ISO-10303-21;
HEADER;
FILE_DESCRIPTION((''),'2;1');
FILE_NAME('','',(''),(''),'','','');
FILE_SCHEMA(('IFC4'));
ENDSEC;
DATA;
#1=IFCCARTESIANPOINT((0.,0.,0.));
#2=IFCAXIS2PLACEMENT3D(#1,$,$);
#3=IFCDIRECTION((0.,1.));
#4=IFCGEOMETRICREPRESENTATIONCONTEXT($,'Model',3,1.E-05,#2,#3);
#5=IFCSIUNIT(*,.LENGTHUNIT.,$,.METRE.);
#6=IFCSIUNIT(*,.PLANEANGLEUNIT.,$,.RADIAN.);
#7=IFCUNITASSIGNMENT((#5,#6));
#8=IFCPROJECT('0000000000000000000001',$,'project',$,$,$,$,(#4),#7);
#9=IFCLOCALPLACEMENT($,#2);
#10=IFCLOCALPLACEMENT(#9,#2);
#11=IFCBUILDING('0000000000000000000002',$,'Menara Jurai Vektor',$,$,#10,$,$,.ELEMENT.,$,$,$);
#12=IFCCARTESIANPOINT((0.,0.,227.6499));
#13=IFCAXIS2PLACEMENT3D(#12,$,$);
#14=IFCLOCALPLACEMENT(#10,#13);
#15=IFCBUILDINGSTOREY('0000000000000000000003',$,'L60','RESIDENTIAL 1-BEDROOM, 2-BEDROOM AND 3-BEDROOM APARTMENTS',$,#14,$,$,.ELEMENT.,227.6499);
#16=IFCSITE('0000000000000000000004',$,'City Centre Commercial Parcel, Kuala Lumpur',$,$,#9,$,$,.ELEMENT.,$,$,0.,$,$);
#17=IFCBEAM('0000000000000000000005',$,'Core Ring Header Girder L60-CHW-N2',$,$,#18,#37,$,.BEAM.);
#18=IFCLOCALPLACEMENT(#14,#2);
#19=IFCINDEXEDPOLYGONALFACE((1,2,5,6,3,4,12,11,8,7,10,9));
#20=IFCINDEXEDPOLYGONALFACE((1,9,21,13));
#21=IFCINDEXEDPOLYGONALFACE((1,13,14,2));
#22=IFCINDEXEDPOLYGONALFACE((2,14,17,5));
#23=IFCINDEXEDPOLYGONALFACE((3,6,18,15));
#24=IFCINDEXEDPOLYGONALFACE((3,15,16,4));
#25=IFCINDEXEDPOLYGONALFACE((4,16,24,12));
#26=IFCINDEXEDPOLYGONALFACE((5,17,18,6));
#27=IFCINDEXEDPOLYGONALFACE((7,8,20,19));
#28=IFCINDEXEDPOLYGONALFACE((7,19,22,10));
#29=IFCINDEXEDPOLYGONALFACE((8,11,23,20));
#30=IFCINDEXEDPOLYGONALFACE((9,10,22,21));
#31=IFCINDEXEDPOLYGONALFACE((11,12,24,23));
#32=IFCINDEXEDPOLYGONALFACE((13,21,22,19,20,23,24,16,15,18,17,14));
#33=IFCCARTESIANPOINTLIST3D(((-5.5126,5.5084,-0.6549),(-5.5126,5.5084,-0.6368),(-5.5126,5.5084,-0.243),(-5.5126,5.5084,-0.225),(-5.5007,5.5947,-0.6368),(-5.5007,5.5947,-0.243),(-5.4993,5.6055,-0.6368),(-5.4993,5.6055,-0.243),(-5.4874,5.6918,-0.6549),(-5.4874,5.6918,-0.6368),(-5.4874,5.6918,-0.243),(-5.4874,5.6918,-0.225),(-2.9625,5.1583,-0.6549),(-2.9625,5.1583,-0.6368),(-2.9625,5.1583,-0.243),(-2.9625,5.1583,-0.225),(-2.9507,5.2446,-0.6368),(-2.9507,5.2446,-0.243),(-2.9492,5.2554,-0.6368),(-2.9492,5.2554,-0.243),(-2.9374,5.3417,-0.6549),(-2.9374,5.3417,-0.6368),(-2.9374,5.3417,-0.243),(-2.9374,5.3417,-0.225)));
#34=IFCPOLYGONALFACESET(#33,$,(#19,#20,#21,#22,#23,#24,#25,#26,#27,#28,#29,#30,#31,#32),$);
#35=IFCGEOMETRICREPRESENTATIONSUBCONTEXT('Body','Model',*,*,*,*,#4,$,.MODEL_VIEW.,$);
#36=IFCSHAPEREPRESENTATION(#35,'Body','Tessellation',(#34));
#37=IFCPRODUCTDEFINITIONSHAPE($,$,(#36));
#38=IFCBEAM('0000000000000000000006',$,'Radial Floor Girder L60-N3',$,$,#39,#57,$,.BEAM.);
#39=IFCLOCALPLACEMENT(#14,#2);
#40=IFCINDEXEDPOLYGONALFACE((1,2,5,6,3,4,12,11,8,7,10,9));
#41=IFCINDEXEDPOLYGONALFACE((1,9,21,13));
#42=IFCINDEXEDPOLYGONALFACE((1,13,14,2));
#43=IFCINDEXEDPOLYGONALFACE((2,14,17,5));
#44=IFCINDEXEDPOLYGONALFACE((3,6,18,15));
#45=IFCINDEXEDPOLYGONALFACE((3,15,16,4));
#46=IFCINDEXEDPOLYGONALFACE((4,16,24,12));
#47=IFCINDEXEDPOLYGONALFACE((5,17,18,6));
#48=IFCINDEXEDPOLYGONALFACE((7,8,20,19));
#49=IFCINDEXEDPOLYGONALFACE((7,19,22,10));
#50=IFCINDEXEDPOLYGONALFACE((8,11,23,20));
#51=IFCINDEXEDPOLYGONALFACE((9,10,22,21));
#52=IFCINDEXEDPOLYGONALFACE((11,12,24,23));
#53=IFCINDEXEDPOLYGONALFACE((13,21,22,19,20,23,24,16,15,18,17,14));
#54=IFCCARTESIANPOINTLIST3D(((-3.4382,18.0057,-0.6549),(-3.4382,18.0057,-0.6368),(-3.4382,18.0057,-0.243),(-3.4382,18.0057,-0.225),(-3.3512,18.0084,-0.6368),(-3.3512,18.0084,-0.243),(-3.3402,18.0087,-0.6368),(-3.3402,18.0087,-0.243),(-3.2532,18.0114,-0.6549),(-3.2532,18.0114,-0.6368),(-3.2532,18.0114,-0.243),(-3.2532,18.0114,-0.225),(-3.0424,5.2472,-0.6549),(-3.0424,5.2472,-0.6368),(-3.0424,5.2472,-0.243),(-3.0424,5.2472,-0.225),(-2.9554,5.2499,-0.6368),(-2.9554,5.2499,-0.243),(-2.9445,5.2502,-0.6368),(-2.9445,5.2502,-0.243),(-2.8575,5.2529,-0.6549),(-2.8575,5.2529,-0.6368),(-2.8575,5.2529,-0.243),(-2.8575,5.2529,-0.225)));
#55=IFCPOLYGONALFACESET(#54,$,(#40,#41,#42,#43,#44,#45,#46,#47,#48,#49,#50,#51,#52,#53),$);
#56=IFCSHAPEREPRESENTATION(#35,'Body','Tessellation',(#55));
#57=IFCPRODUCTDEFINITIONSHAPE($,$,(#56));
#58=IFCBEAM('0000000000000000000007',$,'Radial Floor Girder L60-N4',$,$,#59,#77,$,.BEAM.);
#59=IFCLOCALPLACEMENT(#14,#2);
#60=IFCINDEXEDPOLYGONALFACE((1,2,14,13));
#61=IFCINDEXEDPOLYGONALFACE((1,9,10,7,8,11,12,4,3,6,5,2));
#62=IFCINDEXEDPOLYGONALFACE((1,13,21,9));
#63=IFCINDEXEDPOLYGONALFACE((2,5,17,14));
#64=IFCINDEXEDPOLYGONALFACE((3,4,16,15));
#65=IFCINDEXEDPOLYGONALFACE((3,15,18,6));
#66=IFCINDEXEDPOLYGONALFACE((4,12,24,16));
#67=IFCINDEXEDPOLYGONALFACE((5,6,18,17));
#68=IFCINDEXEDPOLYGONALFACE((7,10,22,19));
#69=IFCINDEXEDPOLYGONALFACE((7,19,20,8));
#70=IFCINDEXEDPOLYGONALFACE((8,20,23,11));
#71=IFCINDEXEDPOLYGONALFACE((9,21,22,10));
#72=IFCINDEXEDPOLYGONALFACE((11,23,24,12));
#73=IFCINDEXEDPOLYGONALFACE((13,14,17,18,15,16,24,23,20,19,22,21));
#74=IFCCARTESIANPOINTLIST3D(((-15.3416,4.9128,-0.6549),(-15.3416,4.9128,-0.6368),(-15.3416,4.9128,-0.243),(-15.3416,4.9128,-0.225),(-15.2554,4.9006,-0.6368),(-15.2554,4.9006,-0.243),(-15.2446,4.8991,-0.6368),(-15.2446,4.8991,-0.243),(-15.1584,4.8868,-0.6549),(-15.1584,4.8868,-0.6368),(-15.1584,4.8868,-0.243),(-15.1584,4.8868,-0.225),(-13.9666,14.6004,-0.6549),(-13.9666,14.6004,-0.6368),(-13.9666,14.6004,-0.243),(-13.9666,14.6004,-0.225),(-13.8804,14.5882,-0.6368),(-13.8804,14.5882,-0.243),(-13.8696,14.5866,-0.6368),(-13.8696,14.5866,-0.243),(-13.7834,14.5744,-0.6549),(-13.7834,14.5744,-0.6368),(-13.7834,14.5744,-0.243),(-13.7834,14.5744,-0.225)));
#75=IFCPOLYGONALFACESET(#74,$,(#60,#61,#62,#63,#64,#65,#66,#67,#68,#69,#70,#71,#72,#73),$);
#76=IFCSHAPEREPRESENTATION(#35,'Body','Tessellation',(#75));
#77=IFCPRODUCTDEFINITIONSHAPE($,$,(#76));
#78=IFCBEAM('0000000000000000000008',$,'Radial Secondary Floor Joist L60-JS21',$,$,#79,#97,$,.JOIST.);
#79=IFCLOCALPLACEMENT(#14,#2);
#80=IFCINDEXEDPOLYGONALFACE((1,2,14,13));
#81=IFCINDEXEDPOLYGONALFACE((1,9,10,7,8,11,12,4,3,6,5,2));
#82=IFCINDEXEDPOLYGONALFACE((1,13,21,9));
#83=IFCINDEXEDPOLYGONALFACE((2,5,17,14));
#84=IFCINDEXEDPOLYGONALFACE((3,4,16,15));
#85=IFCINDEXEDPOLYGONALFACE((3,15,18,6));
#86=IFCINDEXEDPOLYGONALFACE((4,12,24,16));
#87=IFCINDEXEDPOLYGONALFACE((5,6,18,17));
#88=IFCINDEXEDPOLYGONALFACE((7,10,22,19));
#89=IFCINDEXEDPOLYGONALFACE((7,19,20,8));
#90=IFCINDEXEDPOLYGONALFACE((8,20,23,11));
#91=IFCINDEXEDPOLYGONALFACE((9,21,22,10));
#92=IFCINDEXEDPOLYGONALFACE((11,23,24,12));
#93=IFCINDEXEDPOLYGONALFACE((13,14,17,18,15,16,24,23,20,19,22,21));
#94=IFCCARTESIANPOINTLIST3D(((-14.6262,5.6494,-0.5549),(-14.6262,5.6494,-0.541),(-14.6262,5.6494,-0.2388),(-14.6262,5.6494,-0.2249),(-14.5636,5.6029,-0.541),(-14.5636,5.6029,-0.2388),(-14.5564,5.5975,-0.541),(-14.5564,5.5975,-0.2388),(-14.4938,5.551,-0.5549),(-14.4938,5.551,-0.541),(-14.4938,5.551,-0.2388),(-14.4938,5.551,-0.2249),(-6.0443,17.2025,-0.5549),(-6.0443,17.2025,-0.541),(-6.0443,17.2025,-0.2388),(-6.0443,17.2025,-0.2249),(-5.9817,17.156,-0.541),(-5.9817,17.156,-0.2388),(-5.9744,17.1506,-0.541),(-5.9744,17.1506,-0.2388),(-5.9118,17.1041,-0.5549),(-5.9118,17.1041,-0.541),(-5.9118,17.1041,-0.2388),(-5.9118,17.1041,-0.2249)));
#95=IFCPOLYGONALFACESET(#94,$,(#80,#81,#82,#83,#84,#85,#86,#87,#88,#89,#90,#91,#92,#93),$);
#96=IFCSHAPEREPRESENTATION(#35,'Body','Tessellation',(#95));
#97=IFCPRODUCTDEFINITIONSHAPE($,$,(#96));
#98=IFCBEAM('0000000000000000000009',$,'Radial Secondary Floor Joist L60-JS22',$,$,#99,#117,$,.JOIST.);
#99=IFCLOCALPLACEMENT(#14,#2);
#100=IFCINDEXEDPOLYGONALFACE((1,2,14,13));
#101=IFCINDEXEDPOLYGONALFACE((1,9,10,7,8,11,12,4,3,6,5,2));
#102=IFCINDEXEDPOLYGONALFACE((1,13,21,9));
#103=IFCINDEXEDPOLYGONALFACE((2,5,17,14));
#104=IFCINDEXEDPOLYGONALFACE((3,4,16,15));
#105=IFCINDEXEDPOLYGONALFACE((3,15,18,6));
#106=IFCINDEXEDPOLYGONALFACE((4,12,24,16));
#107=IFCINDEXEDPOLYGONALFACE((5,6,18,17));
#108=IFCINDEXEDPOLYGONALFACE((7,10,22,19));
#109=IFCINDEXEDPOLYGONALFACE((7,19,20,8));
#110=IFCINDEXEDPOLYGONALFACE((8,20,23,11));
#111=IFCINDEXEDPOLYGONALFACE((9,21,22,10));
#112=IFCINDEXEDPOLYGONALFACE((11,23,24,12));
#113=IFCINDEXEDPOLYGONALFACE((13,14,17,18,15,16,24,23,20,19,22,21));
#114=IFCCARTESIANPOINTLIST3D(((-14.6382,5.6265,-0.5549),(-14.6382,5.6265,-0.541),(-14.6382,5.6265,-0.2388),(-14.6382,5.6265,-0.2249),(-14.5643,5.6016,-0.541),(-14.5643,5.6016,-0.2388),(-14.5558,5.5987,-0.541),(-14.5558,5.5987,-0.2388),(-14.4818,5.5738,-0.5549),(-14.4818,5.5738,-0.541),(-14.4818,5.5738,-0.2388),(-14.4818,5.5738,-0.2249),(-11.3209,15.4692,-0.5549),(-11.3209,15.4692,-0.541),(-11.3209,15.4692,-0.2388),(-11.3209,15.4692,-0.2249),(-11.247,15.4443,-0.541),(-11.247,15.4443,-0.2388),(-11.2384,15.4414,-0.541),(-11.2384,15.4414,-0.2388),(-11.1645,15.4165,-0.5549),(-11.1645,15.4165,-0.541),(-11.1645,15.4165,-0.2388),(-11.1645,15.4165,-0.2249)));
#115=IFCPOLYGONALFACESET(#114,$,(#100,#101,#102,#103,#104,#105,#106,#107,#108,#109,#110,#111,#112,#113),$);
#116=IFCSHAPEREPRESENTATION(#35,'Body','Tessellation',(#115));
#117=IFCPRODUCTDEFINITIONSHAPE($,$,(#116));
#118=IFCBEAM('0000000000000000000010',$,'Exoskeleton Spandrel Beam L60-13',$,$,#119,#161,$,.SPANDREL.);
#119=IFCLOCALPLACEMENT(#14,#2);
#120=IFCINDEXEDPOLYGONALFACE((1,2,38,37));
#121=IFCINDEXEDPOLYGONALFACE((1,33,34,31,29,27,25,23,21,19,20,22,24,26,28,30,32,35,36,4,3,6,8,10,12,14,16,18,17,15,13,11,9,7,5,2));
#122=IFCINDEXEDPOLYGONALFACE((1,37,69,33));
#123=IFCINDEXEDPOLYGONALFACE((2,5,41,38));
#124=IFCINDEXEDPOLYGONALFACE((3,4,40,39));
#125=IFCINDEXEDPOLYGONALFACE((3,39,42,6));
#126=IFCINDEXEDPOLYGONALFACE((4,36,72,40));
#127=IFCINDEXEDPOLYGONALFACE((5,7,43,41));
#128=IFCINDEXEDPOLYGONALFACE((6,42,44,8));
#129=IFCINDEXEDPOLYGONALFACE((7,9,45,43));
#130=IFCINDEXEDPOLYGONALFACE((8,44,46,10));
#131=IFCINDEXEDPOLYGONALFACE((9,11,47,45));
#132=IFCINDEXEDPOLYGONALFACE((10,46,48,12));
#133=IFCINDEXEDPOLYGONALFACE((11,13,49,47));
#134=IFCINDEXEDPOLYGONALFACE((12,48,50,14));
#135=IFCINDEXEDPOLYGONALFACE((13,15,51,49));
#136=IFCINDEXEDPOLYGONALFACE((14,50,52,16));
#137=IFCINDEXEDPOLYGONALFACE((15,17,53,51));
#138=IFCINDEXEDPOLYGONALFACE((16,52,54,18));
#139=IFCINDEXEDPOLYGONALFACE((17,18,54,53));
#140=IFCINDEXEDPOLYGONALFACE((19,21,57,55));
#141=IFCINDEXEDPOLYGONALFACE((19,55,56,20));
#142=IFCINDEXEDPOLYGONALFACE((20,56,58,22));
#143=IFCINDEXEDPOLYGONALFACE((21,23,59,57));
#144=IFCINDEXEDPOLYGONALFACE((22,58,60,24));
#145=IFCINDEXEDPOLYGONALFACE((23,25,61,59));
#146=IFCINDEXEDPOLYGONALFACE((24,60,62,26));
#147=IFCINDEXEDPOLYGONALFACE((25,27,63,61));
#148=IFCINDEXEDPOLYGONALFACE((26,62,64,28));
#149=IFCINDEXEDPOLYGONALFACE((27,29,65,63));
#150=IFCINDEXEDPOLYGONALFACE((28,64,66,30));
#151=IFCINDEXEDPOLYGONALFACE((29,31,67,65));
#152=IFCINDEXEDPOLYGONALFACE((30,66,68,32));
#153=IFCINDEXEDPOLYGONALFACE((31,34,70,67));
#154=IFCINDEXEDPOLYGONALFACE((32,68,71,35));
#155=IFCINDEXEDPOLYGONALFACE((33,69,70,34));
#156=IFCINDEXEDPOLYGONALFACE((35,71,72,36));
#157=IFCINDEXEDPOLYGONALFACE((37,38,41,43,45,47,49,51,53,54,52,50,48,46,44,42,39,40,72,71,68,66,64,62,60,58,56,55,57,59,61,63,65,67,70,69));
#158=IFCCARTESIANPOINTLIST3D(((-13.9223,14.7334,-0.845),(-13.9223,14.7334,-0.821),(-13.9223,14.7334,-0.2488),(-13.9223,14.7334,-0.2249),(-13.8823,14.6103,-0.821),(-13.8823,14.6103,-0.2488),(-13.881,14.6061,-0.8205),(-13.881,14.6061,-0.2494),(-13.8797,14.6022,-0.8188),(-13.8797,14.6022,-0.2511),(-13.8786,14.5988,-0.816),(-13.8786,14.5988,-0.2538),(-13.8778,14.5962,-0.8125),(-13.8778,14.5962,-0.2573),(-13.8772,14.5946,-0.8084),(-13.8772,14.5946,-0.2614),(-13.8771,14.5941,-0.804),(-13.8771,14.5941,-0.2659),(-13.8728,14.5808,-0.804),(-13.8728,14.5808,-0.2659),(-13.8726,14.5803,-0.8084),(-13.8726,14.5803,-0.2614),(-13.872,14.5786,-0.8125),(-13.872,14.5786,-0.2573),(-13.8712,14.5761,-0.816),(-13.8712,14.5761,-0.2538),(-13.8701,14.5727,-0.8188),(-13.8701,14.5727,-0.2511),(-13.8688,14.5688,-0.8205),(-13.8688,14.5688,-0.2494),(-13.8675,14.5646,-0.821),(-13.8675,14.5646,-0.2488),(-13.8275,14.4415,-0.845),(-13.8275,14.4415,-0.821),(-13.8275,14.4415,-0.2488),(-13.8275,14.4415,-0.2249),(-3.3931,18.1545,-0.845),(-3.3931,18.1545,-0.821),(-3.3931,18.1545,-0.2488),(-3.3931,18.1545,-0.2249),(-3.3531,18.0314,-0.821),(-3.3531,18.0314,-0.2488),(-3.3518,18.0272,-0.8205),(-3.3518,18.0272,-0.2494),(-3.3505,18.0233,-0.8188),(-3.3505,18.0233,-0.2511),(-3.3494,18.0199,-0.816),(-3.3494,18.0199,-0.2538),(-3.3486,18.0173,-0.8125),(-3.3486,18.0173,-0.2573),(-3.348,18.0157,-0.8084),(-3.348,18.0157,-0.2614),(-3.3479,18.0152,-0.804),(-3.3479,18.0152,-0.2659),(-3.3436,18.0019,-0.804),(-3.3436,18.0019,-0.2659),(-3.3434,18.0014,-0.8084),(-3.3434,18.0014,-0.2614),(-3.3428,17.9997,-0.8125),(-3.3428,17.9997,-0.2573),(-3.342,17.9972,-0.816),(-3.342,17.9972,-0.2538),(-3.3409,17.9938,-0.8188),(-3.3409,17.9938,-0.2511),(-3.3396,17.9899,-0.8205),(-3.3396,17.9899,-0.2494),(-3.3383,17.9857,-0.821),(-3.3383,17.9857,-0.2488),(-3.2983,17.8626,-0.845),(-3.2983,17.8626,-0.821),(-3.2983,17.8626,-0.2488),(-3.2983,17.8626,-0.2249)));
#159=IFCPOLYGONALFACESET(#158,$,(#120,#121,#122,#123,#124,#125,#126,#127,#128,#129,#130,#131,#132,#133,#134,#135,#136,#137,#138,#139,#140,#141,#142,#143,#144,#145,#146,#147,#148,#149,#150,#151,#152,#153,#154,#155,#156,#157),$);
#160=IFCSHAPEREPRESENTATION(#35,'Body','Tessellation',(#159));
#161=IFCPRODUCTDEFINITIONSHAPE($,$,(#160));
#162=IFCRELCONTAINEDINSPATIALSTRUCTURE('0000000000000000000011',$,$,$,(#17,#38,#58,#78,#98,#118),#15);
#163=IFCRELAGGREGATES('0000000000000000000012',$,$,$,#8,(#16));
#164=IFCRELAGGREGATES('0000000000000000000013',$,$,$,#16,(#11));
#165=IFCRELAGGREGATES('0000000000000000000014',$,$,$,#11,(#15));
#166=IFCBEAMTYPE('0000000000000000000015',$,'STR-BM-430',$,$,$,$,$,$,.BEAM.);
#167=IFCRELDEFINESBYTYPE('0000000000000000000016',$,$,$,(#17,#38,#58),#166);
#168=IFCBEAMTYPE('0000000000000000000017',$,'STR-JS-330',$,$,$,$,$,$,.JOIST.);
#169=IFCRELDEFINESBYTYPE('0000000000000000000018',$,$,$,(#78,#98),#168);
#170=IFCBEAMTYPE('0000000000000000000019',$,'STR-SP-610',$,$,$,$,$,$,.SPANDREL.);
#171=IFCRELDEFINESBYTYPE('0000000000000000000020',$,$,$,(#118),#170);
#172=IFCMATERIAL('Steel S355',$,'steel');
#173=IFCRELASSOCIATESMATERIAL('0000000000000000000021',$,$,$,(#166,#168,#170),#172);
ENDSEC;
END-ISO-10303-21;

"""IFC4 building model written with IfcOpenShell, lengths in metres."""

from ifc_helpers import new_model, si_unit, direction, frame, origin, origin_2d, place, context, subcontext, project, spatial, i_section, extrude, material, material_profile, profile_set, type_object, element, save


model = new_model("IFC4")

# Units and contexts
model_context = context("Model", 3, precision=1e-05, world=origin(), true_north=direction((0.0, 1.0)))
body_context = subcontext(model_context, "Body", "Model", "MODEL_VIEW")
ifc_project = project(units=[si_unit("LENGTHUNIT", "METRE"), si_unit("PLANEANGLEUNIT", "RADIAN")], contexts=[model_context])

# Site, building, storey
site_placement = place(None, origin())
site = spatial("IfcSite", under=ifc_project, at=site_placement, Name="City Centre Commercial Parcel, Kuala Lumpur", CompositionType="ELEMENT", RefElevation=0.0)
building_placement = place(site_placement, origin())
building = spatial("IfcBuilding", under=site, at=building_placement, Name="Menara Jurai Vektor", CompositionType="ELEMENT")
storey_placement = place(building_placement, frame((0.0, 0.0, 227.6499)))
storey = spatial("IfcBuildingStorey", under=building, at=storey_placement, Name="L60", Description="RESIDENTIAL 1-BEDROOM, 2-BEDROOM AND 3-BEDROOM APARTMENTS", CompositionType="ELEMENT", Elevation=227.6499)

# Beams
ifc_material_1 = material(Name="Steel S355", Category="steel")
ifc_material_profile_1 = material_profile(ifc_material_1, i_section(OverallWidth=0.1851, OverallDepth=0.4299, WebThickness=0.011, FlangeThickness=0.0181, at=origin_2d()), Name="PG 430x185x76")
ifc_profile_set_1 = profile_set([ifc_material_profile_1], Name="Steel S355")
beam_type_1 = type_object("IfcBeamType", Name="STR-BM-430", PredefinedType="BEAM", material=ifc_profile_set_1)
beam_1_placement = place(storey_placement, frame((-5.5, 5.6001, -0.4399), z_axis=(0.990707, -0.136015, 0.0), x_axis=(0.136015, 0.990707, 0.0)))
element("IfcBeam", 1, at=beam_1_placement, inside=storey, type_object=beam_type_1, Name="Core Ring Header Girder L60-CHW-N2", PredefinedType="BEAM", context=body_context, shape_type="SweptSolid", body=[
    extrude(i_section(OverallWidth=0.1851, OverallDepth=0.4299, WebThickness=0.011, FlangeThickness=0.0181, at=origin_2d()), origin(), (0.0, 0.0, 1.0), 2.574),
])
beam_2_placement = place(storey_placement, frame((-3.3457, 18.0085, -0.4399), z_axis=(0.031004, -0.999519, 0.0), x_axis=(0.999519, 0.031004, 0.0)))
element("IfcBeam", 2, at=beam_2_placement, inside=storey, type_object=beam_type_1, Name="Radial Floor Girder L60-N3", PredefinedType="BEAM", context=body_context, shape_type="SweptSolid", body=[
    extrude(i_section(OverallWidth=0.1851, OverallDepth=0.4299, WebThickness=0.011, FlangeThickness=0.0181, at=origin_2d()), origin(), (0.0, 0.0, 1.0), 12.7646),
])
beam_3_placement = place(storey_placement, frame((-13.875, 14.5874, -0.4399), z_axis=(-0.140527, -0.990077, 0.0), x_axis=(0.990077, -0.140527, 0.0)))
element("IfcBeam", 3, at=beam_3_placement, inside=storey, type_object=beam_type_1, Name="Radial Floor Girder L60-N4", PredefinedType="BEAM", context=body_context, shape_type="SweptSolid", body=[
    extrude(i_section(OverallWidth=0.1851, OverallDepth=0.4299, WebThickness=0.011, FlangeThickness=0.0181, at=origin_2d()), origin(), (0.0, 0.0, 1.0), 9.7847),
])
ifc_material_profile_2 = material_profile(ifc_material_1, i_section(OverallWidth=0.165, OverallDepth=0.3301, WebThickness=0.009, FlangeThickness=0.0139, at=origin_2d()), Name="PG 330x165x46")
ifc_profile_set_2 = profile_set([ifc_material_profile_2], Name="Steel S355")
beam_type_2 = type_object("IfcBeamType", Name="STR-JS-330", PredefinedType="JOIST", material=ifc_profile_set_2)
beam_4_placement = place(storey_placement, frame((-5.978, 17.1533, -0.3899), z_axis=(-0.596308, -0.802756, 0.0), x_axis=(0.802756, -0.596308, 0.0)))
element("IfcBeam", 4, at=beam_4_placement, inside=storey, type_object=beam_type_2, Name="Radial Secondary Floor Joist L60-JS21", PredefinedType="JOIST", context=body_context, shape_type="SweptSolid", body=[
    extrude(i_section(OverallWidth=0.165, OverallDepth=0.3301, WebThickness=0.009, FlangeThickness=0.0139, at=origin_2d()), origin(), (0.0, 0.0, 1.0), 14.3918),
])
beam_5_placement = place(storey_placement, frame((-11.2427, 15.4429, -0.3899), z_axis=(-0.319385, -0.947625, 0.0), x_axis=(0.947625, -0.319385, 0.0)))
element("IfcBeam", 5, at=beam_5_placement, inside=storey, type_object=beam_type_2, Name="Radial Secondary Floor Joist L60-JS22", PredefinedType="JOIST", context=body_context, shape_type="SweptSolid", body=[
    extrude(i_section(OverallWidth=0.165, OverallDepth=0.3301, WebThickness=0.009, FlangeThickness=0.0139, at=origin_2d()), origin(), (0.0, 0.0, 1.0), 10.3867),
])
ifc_material_profile_3 = material_profile(ifc_material_1, i_section(OverallWidth=0.3069, OverallDepth=0.6201, WebThickness=0.0139, FlangeThickness=0.0239, FilletRadius=0.0171, at=origin_2d()), Name="UKB 610x305x179")
ifc_profile_set_3 = profile_set([ifc_material_profile_3], Name="Steel S355")
beam_type_3 = type_object("IfcBeamType", Name="STR-SP-610", PredefinedType="SPANDREL", material=ifc_profile_set_3)
for number, where, z_axis, x_axis, name in (
    (6, (-3.3457, 18.0085, -0.5349), (-0.951057, -0.309014, 0.0), (0.309014, -0.951057, 0.0), "Exoskeleton Spandrel Beam L60-13"),
):
    element("IfcBeam", number, at=place(storey_placement, frame(where, z_axis=z_axis, x_axis=x_axis)), inside=storey, type_object=beam_type_3, Name=name, PredefinedType="SPANDREL", context=body_context, shape_type="SweptSolid", body=[
        extrude(i_section(OverallWidth=0.3069, OverallDepth=0.6201, WebThickness=0.0139, FlangeThickness=0.0239, FilletRadius=0.0171, at=origin_2d()), origin(), (0.0, 0.0, 1.0), 11.071),
    ])

save(model, "model.ifc")
